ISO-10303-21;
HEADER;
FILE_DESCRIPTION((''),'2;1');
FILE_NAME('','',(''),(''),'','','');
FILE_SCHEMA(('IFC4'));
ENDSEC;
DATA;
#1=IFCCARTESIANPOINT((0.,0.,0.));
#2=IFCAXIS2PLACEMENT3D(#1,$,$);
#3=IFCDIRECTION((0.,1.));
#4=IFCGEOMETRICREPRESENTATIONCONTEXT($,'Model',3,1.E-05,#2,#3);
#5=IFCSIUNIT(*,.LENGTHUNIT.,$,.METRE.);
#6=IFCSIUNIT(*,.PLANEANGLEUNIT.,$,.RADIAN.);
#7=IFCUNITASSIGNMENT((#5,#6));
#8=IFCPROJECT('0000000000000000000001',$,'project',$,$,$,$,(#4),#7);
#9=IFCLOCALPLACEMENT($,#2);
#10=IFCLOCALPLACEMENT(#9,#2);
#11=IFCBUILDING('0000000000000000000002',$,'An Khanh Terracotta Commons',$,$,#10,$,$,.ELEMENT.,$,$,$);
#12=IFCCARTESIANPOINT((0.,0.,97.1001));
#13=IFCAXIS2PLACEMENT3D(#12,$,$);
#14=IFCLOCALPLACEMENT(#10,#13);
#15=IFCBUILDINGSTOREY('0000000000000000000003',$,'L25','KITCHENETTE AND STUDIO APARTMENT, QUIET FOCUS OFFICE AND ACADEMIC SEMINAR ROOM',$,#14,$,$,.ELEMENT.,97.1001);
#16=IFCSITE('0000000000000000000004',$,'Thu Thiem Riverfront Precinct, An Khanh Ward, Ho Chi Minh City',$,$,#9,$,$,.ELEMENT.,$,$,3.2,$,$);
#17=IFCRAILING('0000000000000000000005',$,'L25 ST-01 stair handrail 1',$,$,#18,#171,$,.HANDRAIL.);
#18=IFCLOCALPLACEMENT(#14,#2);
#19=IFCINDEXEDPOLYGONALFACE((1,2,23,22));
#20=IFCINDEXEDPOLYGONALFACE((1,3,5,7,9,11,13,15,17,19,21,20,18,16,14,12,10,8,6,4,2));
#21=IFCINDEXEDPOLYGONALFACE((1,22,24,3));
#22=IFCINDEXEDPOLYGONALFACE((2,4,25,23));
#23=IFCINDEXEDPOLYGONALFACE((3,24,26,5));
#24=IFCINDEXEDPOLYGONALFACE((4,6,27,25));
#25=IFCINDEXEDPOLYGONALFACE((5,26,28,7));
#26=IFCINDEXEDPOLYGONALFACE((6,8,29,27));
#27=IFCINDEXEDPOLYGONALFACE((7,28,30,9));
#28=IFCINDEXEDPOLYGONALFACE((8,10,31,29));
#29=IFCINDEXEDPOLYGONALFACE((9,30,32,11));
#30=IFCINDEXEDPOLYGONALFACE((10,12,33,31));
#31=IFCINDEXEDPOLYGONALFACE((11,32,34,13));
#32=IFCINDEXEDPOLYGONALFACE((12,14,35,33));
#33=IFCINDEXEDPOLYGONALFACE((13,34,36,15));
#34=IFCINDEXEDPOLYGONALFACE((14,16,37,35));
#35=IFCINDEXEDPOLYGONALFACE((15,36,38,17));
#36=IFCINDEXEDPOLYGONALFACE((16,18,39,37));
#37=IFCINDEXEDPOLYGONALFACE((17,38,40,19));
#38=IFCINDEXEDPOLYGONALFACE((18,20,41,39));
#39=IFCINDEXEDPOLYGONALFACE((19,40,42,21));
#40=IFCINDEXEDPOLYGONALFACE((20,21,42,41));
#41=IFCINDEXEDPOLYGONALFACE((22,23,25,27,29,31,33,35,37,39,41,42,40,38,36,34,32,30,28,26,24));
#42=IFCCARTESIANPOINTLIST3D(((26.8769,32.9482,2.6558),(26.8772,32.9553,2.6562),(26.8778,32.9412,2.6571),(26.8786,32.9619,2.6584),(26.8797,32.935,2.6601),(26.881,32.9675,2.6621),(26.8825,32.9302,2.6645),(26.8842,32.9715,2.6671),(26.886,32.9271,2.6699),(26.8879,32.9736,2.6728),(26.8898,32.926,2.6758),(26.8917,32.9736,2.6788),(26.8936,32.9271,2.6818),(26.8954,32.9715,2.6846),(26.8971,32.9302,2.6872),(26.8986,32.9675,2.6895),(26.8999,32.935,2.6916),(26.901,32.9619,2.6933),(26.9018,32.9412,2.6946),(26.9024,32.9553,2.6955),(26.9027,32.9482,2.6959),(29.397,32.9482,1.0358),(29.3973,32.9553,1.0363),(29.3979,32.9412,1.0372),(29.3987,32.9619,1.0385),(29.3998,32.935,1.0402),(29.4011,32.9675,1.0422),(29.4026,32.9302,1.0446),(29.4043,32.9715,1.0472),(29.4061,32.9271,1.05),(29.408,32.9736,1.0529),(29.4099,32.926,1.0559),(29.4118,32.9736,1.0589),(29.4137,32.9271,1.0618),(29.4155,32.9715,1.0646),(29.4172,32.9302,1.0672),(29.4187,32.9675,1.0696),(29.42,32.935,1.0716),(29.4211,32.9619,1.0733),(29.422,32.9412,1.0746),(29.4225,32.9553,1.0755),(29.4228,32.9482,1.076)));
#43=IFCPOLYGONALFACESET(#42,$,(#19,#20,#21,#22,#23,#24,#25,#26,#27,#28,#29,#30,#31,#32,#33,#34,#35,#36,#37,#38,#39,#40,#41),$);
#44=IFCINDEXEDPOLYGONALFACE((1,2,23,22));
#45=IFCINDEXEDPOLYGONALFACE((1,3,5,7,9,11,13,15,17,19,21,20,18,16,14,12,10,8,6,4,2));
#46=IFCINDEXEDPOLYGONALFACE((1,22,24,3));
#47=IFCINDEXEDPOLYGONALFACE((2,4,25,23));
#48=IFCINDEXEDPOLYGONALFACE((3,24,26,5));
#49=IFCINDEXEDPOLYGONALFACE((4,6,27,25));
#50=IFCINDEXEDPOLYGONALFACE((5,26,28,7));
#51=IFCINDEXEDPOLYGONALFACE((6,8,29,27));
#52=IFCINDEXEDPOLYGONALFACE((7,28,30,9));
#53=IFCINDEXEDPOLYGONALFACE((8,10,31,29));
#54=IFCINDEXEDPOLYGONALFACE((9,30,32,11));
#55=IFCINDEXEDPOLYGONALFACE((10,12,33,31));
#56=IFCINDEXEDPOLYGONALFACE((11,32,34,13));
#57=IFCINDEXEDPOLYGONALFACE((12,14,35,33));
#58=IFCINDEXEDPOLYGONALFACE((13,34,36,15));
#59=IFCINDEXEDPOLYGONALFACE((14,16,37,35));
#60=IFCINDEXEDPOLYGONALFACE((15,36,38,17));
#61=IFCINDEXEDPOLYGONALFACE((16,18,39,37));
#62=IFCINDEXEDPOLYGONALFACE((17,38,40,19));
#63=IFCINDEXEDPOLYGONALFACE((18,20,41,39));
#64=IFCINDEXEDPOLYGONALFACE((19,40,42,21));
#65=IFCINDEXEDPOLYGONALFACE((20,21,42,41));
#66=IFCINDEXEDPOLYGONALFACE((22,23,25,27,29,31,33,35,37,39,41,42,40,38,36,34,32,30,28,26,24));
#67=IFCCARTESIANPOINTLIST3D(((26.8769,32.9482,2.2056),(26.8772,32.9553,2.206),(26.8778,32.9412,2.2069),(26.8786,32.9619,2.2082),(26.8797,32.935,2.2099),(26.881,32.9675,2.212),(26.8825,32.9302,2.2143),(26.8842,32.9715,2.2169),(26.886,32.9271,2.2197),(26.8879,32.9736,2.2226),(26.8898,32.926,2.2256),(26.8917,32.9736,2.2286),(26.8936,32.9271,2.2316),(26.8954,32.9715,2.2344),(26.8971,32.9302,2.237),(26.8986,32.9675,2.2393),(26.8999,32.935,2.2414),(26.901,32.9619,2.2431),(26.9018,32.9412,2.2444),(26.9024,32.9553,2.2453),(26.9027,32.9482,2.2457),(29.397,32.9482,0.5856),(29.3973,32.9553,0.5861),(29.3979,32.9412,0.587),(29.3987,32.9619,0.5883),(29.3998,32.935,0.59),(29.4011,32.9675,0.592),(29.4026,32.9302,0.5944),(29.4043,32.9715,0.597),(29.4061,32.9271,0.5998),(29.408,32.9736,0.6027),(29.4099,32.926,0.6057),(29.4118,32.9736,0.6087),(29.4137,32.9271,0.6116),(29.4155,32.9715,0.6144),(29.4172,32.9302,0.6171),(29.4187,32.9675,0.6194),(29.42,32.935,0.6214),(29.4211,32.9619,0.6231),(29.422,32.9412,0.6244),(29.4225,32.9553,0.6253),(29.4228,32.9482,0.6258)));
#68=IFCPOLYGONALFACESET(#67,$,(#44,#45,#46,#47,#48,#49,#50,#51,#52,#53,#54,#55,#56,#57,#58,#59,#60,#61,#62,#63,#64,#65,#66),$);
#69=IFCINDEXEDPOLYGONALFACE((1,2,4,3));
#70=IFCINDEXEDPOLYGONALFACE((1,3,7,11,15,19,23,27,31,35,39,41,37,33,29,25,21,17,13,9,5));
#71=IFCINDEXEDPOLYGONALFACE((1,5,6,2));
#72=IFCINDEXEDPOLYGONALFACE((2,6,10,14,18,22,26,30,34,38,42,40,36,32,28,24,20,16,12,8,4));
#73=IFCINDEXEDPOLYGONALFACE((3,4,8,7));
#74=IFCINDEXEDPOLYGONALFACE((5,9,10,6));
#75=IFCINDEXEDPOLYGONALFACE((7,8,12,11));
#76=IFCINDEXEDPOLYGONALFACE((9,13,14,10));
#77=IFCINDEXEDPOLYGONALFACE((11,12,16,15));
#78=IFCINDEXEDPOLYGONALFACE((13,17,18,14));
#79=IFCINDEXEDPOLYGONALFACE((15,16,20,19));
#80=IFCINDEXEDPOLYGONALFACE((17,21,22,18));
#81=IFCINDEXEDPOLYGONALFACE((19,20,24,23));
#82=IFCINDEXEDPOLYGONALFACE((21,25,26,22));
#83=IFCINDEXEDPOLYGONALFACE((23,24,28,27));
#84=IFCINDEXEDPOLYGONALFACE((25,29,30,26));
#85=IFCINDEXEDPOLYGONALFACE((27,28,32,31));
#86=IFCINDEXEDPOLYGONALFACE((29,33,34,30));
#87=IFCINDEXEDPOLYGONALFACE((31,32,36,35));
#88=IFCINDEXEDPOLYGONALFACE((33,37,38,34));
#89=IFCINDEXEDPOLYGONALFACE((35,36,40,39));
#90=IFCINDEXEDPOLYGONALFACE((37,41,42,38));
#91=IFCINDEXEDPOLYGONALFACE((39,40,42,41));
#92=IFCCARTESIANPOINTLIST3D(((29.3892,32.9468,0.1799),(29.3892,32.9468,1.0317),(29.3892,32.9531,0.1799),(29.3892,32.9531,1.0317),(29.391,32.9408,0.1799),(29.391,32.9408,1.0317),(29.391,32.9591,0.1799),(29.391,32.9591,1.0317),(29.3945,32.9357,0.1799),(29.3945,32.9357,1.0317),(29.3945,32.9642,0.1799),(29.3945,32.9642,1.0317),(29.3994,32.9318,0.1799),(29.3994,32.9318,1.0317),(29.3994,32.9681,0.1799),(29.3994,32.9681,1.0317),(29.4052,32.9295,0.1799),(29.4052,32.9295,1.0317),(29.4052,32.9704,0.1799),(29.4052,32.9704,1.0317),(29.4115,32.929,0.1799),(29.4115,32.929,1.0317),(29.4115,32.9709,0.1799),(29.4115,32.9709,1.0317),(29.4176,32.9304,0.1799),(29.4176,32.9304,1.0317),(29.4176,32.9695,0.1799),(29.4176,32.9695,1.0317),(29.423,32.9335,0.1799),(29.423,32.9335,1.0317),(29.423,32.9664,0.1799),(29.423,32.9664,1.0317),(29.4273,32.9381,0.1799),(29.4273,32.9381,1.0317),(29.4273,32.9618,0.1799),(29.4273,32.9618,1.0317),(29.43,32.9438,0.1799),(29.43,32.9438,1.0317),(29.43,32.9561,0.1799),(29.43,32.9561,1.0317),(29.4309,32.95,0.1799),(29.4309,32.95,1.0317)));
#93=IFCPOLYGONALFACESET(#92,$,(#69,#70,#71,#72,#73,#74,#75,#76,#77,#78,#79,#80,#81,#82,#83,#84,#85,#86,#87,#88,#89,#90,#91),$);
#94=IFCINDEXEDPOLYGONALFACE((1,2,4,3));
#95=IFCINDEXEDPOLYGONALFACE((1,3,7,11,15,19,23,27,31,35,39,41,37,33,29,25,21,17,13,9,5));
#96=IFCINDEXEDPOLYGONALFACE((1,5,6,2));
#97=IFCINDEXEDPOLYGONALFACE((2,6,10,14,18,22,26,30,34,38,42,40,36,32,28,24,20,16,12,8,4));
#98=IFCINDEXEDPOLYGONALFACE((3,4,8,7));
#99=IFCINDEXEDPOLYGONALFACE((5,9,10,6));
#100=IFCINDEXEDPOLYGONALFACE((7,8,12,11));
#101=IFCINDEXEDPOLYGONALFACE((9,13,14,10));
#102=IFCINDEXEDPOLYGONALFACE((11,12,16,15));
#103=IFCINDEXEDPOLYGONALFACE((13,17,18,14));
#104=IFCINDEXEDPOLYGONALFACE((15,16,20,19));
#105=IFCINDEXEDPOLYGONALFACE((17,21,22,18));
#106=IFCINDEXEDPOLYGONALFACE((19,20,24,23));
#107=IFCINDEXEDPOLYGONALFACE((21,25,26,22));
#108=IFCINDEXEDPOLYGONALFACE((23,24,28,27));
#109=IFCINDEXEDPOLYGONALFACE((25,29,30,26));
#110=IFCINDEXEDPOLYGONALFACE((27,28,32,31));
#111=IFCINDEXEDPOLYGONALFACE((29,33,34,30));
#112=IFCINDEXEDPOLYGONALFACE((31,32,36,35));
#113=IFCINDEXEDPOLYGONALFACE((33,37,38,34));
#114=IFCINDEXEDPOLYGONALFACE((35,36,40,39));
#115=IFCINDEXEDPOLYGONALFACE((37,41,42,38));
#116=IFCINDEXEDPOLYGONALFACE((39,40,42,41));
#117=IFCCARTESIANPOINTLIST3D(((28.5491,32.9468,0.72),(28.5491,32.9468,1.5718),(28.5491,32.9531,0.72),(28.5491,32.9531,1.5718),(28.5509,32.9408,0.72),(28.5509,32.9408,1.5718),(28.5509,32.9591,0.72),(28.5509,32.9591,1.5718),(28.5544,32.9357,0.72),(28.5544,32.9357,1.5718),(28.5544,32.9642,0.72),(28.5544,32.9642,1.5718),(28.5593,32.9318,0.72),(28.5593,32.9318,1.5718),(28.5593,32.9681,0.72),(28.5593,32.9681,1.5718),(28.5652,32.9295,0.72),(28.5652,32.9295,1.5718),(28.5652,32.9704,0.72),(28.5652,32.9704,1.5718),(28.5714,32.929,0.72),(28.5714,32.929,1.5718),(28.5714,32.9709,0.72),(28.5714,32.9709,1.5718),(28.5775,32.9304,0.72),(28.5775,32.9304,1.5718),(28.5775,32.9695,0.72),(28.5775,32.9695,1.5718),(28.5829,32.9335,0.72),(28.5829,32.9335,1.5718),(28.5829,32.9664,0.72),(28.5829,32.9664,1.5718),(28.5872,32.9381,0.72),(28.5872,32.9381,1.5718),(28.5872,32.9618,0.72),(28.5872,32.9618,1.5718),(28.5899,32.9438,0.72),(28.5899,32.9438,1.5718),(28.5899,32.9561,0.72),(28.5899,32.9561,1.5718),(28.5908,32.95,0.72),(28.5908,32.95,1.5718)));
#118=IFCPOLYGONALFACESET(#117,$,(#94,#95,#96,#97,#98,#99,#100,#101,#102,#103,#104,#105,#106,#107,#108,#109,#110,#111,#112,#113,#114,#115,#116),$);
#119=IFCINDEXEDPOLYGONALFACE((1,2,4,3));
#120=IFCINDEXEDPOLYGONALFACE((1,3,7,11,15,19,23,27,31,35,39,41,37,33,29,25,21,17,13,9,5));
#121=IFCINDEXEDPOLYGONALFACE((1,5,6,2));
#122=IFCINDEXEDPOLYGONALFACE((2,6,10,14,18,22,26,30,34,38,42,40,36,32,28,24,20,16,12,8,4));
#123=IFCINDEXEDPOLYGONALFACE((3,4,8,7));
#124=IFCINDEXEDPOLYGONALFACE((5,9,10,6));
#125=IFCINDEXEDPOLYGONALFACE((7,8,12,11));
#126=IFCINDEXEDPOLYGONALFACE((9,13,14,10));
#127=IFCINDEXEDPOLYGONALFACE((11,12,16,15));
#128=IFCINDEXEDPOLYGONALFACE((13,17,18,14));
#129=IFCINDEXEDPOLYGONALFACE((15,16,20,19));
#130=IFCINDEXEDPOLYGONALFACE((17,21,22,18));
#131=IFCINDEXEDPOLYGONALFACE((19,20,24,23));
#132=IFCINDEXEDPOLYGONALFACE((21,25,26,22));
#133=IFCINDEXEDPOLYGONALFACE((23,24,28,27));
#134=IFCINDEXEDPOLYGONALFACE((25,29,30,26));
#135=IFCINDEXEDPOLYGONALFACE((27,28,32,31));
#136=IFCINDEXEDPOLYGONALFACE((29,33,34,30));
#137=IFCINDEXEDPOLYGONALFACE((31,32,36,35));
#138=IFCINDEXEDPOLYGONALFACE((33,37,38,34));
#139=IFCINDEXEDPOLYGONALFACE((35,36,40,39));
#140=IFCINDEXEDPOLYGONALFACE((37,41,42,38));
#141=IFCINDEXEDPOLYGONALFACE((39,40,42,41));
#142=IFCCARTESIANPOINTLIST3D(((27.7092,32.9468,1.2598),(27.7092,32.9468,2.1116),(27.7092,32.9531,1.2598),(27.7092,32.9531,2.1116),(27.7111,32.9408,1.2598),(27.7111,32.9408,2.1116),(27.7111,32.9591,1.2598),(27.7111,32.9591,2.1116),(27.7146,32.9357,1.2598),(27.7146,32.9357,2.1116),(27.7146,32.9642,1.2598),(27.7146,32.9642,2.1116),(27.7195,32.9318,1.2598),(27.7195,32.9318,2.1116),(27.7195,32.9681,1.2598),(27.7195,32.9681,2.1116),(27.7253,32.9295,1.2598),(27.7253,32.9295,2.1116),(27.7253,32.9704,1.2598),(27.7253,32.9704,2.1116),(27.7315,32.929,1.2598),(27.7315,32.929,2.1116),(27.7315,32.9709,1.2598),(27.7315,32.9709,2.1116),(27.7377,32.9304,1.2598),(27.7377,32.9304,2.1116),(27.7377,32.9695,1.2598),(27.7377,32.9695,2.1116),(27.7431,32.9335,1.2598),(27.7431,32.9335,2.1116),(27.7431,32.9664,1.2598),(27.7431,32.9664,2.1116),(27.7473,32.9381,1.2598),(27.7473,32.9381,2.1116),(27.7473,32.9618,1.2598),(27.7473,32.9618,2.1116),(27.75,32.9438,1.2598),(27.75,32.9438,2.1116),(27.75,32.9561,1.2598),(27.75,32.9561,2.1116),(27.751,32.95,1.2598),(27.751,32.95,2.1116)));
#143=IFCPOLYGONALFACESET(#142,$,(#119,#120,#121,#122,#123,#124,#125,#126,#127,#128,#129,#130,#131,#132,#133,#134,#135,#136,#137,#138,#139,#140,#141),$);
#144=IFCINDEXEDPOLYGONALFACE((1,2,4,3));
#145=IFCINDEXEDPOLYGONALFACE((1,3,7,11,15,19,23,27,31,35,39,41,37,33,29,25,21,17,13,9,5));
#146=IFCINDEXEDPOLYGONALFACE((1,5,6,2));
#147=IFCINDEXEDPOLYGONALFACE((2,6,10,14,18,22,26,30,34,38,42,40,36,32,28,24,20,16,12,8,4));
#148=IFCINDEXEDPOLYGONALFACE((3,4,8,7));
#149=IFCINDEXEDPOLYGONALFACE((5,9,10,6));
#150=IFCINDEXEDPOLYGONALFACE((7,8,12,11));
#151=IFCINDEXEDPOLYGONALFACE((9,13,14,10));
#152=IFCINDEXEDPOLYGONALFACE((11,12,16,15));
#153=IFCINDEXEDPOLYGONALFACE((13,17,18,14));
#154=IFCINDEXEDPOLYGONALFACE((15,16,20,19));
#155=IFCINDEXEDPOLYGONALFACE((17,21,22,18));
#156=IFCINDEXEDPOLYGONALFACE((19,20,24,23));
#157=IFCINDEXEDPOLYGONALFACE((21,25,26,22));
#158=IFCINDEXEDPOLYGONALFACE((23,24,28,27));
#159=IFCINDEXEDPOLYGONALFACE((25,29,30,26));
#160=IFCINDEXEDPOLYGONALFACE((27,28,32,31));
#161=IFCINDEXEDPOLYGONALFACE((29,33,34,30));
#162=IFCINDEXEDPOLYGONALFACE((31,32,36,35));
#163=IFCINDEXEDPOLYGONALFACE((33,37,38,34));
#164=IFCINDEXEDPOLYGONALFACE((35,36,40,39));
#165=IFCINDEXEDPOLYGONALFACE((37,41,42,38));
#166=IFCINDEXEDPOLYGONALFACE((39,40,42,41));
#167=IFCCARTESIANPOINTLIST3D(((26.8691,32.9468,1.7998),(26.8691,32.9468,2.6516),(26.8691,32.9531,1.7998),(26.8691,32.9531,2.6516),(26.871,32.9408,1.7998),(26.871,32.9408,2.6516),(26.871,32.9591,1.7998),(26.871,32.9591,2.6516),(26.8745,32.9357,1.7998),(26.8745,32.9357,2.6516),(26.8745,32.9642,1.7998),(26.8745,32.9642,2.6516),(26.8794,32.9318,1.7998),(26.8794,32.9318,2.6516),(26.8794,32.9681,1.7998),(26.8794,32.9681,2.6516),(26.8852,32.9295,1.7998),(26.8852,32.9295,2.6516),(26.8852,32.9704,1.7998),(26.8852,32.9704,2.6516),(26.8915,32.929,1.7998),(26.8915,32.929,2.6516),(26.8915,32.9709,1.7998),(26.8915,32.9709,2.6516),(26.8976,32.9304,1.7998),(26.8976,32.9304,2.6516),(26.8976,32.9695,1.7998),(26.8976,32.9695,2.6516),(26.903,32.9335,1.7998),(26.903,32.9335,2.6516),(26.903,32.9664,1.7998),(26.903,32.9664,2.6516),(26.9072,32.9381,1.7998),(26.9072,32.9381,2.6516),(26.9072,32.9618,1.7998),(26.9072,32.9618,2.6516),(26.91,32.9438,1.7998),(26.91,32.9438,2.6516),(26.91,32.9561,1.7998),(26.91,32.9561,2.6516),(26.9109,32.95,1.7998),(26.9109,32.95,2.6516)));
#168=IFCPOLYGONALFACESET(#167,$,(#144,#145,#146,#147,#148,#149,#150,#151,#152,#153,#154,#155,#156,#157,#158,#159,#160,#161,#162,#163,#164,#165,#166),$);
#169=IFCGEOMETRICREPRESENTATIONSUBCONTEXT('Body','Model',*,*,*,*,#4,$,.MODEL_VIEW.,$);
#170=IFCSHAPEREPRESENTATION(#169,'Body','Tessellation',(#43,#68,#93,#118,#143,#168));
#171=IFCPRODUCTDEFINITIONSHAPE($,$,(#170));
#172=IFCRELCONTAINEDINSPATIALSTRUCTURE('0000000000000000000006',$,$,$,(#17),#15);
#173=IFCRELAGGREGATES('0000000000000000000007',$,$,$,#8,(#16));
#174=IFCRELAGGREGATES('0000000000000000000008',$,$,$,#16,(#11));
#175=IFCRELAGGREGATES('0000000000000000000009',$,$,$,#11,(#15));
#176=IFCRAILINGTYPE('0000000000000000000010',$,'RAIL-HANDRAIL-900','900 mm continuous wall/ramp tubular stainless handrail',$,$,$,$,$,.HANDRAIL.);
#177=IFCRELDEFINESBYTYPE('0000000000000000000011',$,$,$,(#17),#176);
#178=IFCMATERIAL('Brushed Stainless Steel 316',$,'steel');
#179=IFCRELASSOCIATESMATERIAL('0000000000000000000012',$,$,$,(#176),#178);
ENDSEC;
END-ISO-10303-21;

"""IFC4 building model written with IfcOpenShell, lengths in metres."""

from ifc_helpers import new_model, si_unit, direction, frame, origin, origin_2d, place, context, subcontext, project, spatial, circle, extrude, material, type_object, element, save


model = new_model("IFC4")

# Units and contexts
model_context = context("Model", 3, precision=1e-05, world=origin(), true_north=direction((0.0, 1.0)))
body_context = subcontext(model_context, "Body", "Model", "MODEL_VIEW")
ifc_project = project(units=[si_unit("LENGTHUNIT", "METRE"), si_unit("PLANEANGLEUNIT", "RADIAN")], contexts=[model_context])

# Site, building, storey
site_placement = place(None, origin())
site = spatial("IfcSite", under=ifc_project, at=site_placement, Name="Thu Thiem Riverfront Precinct, An Khanh Ward, Ho Chi Minh City", CompositionType="ELEMENT", RefElevation=3.2)
building_placement = place(site_placement, origin())
building = spatial("IfcBuilding", under=site, at=building_placement, Name="An Khanh Terracotta Commons", CompositionType="ELEMENT")
storey_placement = place(building_placement, frame((0.0, 0.0, 97.1001)))
storey = spatial("IfcBuildingStorey", under=building, at=storey_placement, Name="L25", Description="KITCHENETTE AND STUDIO APARTMENT, QUIET FOCUS OFFICE AND ACADEMIC SEMINAR ROOM", CompositionType="ELEMENT", Elevation=97.1001)

# Railing
ifc_material_1 = material(Name="Brushed Stainless Steel 316", Category="steel")
railing_type_1 = type_object("IfcRailingType", Name="RAIL-HANDRAIL-900", Description="900 mm continuous wall/ramp tubular stainless handrail", PredefinedType="HANDRAIL", material=ifc_material_1)
railing_1_placement = place(storey_placement, frame((29.4099, 32.95, 0.1799)))
element("IfcRailing", 1, at=railing_1_placement, inside=storey, type_object=railing_type_1, Name="L25 ST-01 stair handrail 1", PredefinedType="HANDRAIL", context=body_context, shape_type="SweptSolid", body=[
    extrude(circle(Radius=0.0239, at=origin_2d()), frame((0.0, 0.0, 0.876), z_axis=(-0.8412, 0.0, 0.540725), x_axis=(0.0, -1.0, 0.0)), (0.0, 0.0, 1.0), 2.9958),
    extrude(circle(Radius=0.0239, at=origin_2d()), frame((0.0, 0.0, 0.4258), z_axis=(-0.8412, 0.0, 0.540725), x_axis=(0.0, -1.0, 0.0)), (0.0, 0.0, 1.0), 2.9958),
    extrude(circle(Radius=0.021, at=origin_2d()), origin(), (0.0, 0.0, 1.0), 0.8518),
    extrude(circle(Radius=0.021, at=origin_2d()), frame((-0.8401, 0.0, 0.54)), (0.0, 0.0, 1.0), 0.8518),
    extrude(circle(Radius=0.021, at=origin_2d()), frame((-1.6799, 0.0, 1.0798)), (0.0, 0.0, 1.0), 0.8518),
    extrude(circle(Radius=0.021, at=origin_2d()), frame((-2.52, 0.0, 1.6199)), (0.0, 0.0, 1.0), 0.8518),
])

save(model, "model.ifc")
